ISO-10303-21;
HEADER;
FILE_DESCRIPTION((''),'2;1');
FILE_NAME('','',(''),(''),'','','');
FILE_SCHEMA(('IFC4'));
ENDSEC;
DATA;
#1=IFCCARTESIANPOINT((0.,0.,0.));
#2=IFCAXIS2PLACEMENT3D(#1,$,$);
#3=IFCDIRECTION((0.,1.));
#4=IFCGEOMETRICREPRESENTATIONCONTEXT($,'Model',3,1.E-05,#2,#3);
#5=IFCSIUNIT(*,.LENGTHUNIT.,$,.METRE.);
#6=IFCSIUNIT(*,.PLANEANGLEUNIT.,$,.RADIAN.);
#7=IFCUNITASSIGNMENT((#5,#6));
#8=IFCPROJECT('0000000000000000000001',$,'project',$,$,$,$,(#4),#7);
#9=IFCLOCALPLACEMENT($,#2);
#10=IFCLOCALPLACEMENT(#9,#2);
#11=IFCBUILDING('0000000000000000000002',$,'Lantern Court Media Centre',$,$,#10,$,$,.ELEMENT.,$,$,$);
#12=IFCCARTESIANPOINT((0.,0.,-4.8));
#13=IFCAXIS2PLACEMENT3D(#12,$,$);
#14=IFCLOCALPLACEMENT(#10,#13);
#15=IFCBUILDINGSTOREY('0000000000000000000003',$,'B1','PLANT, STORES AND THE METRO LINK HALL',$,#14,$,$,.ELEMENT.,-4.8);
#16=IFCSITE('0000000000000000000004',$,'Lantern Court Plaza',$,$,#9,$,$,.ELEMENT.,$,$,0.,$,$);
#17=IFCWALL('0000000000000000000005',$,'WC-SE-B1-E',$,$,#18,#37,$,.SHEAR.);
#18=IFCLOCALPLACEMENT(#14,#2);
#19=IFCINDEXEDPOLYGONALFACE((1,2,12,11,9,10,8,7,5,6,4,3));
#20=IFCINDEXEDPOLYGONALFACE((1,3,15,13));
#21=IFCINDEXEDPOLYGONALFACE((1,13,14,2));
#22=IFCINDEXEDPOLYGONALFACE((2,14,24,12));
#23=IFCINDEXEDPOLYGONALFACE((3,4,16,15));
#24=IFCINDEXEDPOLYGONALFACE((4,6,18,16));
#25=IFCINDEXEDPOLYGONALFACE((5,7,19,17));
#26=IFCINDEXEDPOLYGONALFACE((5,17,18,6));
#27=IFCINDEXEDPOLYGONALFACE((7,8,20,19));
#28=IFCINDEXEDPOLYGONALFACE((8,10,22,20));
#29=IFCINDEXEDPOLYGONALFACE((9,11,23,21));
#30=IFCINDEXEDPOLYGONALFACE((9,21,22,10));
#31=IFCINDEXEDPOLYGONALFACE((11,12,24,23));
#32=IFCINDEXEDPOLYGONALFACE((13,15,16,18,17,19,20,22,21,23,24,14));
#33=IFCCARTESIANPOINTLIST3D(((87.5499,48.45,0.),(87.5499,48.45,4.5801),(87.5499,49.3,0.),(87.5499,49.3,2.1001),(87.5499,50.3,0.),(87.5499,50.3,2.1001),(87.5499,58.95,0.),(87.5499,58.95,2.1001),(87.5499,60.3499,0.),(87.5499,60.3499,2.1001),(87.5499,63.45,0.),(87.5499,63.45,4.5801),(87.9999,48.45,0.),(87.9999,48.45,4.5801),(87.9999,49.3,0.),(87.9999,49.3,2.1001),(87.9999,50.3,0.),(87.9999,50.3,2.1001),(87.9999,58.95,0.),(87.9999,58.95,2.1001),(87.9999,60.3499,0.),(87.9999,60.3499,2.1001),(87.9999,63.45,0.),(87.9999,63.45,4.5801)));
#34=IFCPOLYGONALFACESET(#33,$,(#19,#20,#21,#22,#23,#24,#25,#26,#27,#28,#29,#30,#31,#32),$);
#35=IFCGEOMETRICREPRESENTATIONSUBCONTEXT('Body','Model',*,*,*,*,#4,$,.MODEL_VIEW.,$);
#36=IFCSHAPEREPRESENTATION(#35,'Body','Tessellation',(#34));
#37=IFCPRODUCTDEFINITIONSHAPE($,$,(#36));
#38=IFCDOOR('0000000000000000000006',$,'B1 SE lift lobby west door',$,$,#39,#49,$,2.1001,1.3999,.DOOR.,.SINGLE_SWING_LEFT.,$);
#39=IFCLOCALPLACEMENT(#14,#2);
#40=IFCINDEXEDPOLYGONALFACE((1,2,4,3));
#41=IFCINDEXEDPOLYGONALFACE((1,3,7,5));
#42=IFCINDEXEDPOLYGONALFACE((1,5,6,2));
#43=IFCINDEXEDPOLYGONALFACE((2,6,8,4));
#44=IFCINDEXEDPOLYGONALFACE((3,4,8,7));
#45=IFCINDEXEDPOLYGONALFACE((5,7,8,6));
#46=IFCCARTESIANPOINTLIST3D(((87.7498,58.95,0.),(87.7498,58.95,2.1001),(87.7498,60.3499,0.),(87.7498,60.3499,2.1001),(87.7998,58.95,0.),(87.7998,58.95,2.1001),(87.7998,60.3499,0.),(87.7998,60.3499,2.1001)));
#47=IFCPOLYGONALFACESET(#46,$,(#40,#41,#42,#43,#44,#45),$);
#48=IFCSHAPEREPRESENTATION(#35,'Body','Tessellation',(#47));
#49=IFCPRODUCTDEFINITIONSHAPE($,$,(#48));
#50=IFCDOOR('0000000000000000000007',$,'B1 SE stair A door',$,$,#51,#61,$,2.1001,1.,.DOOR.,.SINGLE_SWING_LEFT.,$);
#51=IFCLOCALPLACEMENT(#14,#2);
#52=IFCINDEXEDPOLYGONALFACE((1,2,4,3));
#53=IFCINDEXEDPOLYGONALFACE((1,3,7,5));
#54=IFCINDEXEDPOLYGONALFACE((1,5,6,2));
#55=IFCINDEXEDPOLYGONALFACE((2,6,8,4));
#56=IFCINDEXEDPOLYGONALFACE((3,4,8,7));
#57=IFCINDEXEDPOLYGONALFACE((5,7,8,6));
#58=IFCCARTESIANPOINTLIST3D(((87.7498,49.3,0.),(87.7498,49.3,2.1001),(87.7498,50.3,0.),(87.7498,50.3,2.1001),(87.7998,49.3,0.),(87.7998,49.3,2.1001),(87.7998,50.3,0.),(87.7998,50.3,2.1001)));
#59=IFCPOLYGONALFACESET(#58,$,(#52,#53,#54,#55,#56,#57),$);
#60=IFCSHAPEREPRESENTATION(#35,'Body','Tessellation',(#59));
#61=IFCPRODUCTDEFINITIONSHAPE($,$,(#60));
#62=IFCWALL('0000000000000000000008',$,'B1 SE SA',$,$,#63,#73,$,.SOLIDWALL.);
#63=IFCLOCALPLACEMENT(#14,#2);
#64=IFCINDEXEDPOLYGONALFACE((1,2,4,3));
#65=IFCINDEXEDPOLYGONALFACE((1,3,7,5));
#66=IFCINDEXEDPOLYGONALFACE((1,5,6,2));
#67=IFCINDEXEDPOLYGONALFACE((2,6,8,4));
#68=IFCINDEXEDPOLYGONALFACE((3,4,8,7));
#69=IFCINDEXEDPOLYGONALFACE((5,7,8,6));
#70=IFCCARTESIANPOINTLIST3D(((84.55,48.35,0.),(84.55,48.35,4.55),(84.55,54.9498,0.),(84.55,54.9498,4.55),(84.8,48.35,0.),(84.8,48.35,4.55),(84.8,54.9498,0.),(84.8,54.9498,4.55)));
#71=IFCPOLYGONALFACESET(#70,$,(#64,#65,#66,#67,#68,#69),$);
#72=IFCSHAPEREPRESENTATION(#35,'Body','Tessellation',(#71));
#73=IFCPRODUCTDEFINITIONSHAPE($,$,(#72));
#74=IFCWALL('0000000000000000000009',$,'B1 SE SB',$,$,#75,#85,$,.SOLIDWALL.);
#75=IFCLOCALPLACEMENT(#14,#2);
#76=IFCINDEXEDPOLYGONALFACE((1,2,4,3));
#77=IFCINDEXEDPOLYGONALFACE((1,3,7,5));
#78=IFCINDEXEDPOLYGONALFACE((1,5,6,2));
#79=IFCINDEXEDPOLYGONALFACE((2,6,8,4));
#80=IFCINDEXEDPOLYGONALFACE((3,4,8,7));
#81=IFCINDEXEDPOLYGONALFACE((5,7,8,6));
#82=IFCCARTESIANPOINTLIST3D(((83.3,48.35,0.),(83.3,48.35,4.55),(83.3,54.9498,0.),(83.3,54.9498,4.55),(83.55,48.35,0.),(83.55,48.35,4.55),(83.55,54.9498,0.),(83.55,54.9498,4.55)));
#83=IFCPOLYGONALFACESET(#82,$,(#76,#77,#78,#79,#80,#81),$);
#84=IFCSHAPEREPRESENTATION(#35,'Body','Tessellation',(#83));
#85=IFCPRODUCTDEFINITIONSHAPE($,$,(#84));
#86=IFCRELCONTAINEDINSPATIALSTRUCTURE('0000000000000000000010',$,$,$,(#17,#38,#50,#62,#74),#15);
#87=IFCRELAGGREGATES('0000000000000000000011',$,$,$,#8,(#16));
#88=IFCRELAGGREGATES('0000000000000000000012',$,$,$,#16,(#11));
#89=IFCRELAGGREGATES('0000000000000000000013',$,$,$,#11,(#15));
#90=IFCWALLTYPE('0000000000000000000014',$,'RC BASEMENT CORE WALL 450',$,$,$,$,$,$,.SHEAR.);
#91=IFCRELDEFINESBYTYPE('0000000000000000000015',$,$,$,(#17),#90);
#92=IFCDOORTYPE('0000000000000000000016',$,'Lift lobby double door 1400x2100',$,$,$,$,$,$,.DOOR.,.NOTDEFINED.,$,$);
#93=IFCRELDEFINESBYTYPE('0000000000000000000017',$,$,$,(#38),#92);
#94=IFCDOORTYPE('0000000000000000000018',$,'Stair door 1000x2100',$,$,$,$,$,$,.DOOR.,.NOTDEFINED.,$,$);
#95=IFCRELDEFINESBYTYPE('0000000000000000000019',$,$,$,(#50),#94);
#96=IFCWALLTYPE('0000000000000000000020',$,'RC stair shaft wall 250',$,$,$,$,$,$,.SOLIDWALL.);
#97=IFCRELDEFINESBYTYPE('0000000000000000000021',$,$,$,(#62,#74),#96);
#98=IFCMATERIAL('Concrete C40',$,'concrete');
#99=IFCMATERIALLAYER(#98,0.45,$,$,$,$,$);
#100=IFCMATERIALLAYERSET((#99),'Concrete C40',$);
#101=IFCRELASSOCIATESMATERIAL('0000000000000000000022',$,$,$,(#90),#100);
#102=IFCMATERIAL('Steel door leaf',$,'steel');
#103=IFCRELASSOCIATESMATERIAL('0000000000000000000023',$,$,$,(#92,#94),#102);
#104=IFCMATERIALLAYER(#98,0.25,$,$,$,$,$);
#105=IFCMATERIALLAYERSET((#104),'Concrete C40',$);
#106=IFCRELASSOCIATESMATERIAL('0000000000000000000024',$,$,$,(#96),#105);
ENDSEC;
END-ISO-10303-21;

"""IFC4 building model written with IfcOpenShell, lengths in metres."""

from ifc_helpers import new_model, si_unit, direction, frame, frame_2d, origin, place, context, subcontext, project, spatial, rectangle, extrude, material, layer, layer_set, type_object, element, fill, save


model = new_model("IFC4")

# Units and contexts
model_context = context("Model", 3, precision=1e-05, world=origin(), true_north=direction((0.0, 1.0)))
body_context = subcontext(model_context, "Body", "Model", "MODEL_VIEW")
ifc_project = project(units=[si_unit("LENGTHUNIT", "METRE"), si_unit("PLANEANGLEUNIT", "RADIAN")], contexts=[model_context])

# Site, building, storey
site_placement = place(None, origin())
site = spatial("IfcSite", under=ifc_project, at=site_placement, Name="Lantern Court Plaza", CompositionType="ELEMENT", RefElevation=0.0)
building_placement = place(site_placement, origin())
building = spatial("IfcBuilding", under=site, at=building_placement, Name="Lantern Court Media Centre", CompositionType="ELEMENT")
storey_placement = place(building_placement, frame((0.0, 0.0, -4.8)))
storey = spatial("IfcBuildingStorey", under=building, at=storey_placement, Name="B1", Description="PLANT, STORES AND THE METRO LINK HALL", CompositionType="ELEMENT", Elevation=-4.8)

# Wall, openings, doors
ifc_material_1 = material(Name="Concrete C40", Category="concrete")
ifc_layer_1 = layer(ifc_material_1, 0.45)
ifc_layer_set_1 = layer_set([ifc_layer_1], Name="Concrete C40")
wall_type_1 = type_object("IfcWallType", Name="RC BASEMENT CORE WALL 450", PredefinedType="SHEAR", material=ifc_layer_set_1)
ifc_material_2 = material(Name="Steel door leaf", Category="steel")
door_type_1 = type_object("IfcDoorType", Name="Lift lobby double door 1400x2100", OperationType="NOTDEFINED", PredefinedType="DOOR", material=ifc_material_2)
door_type_2 = type_object("IfcDoorType", Name="Stair door 1000x2100", OperationType="NOTDEFINED", PredefinedType="DOOR", material=ifc_material_2)
wall_1_placement = place(storey_placement, frame((87.7749, 48.45, 0.0), z_axis=(0.0, 0.0, 1.0), x_axis=(0.0, 1.0, 0.0)))
wall_1 = element("IfcWall", 1, at=wall_1_placement, inside=storey, type_object=wall_type_1, Name="WC-SE-B1-E", PredefinedType="SHEAR", context=body_context, shape_type="SweptSolid", body=[
    extrude(rectangle(XDim=15.0, YDim=0.45, at=frame_2d((7.5, 0.0))), origin(), (0.0, 0.0, 1.0), 4.5801),
])
opening_1_placement = place(wall_1_placement, frame((0.8501, 0.0, 0.0)))
opening_1 = element("IfcOpeningElement", 2, at=opening_1_placement, cuts=wall_1, PredefinedType="OPENING", context=body_context, shape_type="SweptSolid", body=[
    extrude(rectangle(XDim=1.0, YDim=2.1001, at=frame_2d((0.5, 1.05))), frame((0.0, 0.2349, 0.0), z_axis=(0.0, -1.0, 0.0), x_axis=(1.0, 0.0, 0.0)), (0.0, 0.0, 1.0), 0.47),
])
opening_2_placement = place(wall_1_placement, frame((10.5, 0.0, 0.0)))
opening_2 = element("IfcOpeningElement", 3, at=opening_2_placement, cuts=wall_1, PredefinedType="OPENING", context=body_context, shape_type="SweptSolid", body=[
    extrude(rectangle(XDim=1.3999, YDim=2.1001, at=frame_2d((0.7, 1.05))), frame((0.0, 0.2349, 0.0), z_axis=(0.0, -1.0, 0.0), x_axis=(1.0, 0.0, 0.0)), (0.0, 0.0, 1.0), 0.47),
])
door_1_placement = place(opening_2_placement, frame((1.3999, 0.0, 0.0), z_axis=(0.0, 0.0, 1.0), x_axis=(-1.0, 0.0, 0.0)))
door_1 = element("IfcDoor", 4, at=door_1_placement, inside=storey, type_object=door_type_1, Name="B1 SE lift lobby west door", OperationType="SINGLE_SWING_LEFT", OverallHeight=2.1001, OverallWidth=1.3999, PredefinedType="DOOR", context=body_context, shape_type="SweptSolid", body=[
    extrude(rectangle(XDim=1.3999, YDim=2.1001, at=frame_2d((0.7, 1.05))), frame((0.0, 0.0249, 0.0), z_axis=(0.0, -1.0, 0.0), x_axis=(1.0, 0.0, 0.0)), (0.0, 0.0, 1.0), 0.05),
])
fill(opening_2, door_1)
door_2_placement = place(opening_1_placement, frame((1.0, 0.0, 0.0), z_axis=(0.0, 0.0, 1.0), x_axis=(-1.0, 0.0, 0.0)))
door_2 = element("IfcDoor", 5, at=door_2_placement, inside=storey, type_object=door_type_2, Name="B1 SE stair A door", OperationType="SINGLE_SWING_LEFT", OverallHeight=2.1001, OverallWidth=1.0, PredefinedType="DOOR", context=body_context, shape_type="SweptSolid", body=[
    extrude(rectangle(XDim=1.0, YDim=2.1001, at=frame_2d((0.5, 1.05))), frame((0.0, 0.0249, 0.0), z_axis=(0.0, -1.0, 0.0), x_axis=(1.0, 0.0, 0.0)), (0.0, 0.0, 1.0), 0.05),
])
fill(opening_1, door_2)

# Walls
ifc_layer_2 = layer(ifc_material_1, 0.25)
ifc_layer_set_2 = layer_set([ifc_layer_2], Name="Concrete C40")
wall_type_2 = type_object("IfcWallType", Name="RC stair shaft wall 250", PredefinedType="SOLIDWALL", material=ifc_layer_set_2)
for number, where, z_axis, x_axis, name in (
    (6, (84.675, 48.3501, 0.0), (0.0, 0.0, 1.0), (0.0, 1.0, 0.0), "B1 SE SA"),
    (7, (83.425, 48.3501, 0.0), (0.0, 0.0, 1.0), (0.0, 1.0, 0.0), "B1 SE SB"),
):
    element("IfcWall", number, at=place(storey_placement, frame(where, z_axis=z_axis, x_axis=x_axis)), inside=storey, type_object=wall_type_2, Name=name, PredefinedType="SOLIDWALL", context=body_context, shape_type="SweptSolid", body=[
        extrude(rectangle(XDim=6.5999, YDim=0.25, at=frame_2d((3.2998, 0.0))), origin(), (0.0, 0.0, 1.0), 4.55),
    ])

save(model, "model.ifc")
